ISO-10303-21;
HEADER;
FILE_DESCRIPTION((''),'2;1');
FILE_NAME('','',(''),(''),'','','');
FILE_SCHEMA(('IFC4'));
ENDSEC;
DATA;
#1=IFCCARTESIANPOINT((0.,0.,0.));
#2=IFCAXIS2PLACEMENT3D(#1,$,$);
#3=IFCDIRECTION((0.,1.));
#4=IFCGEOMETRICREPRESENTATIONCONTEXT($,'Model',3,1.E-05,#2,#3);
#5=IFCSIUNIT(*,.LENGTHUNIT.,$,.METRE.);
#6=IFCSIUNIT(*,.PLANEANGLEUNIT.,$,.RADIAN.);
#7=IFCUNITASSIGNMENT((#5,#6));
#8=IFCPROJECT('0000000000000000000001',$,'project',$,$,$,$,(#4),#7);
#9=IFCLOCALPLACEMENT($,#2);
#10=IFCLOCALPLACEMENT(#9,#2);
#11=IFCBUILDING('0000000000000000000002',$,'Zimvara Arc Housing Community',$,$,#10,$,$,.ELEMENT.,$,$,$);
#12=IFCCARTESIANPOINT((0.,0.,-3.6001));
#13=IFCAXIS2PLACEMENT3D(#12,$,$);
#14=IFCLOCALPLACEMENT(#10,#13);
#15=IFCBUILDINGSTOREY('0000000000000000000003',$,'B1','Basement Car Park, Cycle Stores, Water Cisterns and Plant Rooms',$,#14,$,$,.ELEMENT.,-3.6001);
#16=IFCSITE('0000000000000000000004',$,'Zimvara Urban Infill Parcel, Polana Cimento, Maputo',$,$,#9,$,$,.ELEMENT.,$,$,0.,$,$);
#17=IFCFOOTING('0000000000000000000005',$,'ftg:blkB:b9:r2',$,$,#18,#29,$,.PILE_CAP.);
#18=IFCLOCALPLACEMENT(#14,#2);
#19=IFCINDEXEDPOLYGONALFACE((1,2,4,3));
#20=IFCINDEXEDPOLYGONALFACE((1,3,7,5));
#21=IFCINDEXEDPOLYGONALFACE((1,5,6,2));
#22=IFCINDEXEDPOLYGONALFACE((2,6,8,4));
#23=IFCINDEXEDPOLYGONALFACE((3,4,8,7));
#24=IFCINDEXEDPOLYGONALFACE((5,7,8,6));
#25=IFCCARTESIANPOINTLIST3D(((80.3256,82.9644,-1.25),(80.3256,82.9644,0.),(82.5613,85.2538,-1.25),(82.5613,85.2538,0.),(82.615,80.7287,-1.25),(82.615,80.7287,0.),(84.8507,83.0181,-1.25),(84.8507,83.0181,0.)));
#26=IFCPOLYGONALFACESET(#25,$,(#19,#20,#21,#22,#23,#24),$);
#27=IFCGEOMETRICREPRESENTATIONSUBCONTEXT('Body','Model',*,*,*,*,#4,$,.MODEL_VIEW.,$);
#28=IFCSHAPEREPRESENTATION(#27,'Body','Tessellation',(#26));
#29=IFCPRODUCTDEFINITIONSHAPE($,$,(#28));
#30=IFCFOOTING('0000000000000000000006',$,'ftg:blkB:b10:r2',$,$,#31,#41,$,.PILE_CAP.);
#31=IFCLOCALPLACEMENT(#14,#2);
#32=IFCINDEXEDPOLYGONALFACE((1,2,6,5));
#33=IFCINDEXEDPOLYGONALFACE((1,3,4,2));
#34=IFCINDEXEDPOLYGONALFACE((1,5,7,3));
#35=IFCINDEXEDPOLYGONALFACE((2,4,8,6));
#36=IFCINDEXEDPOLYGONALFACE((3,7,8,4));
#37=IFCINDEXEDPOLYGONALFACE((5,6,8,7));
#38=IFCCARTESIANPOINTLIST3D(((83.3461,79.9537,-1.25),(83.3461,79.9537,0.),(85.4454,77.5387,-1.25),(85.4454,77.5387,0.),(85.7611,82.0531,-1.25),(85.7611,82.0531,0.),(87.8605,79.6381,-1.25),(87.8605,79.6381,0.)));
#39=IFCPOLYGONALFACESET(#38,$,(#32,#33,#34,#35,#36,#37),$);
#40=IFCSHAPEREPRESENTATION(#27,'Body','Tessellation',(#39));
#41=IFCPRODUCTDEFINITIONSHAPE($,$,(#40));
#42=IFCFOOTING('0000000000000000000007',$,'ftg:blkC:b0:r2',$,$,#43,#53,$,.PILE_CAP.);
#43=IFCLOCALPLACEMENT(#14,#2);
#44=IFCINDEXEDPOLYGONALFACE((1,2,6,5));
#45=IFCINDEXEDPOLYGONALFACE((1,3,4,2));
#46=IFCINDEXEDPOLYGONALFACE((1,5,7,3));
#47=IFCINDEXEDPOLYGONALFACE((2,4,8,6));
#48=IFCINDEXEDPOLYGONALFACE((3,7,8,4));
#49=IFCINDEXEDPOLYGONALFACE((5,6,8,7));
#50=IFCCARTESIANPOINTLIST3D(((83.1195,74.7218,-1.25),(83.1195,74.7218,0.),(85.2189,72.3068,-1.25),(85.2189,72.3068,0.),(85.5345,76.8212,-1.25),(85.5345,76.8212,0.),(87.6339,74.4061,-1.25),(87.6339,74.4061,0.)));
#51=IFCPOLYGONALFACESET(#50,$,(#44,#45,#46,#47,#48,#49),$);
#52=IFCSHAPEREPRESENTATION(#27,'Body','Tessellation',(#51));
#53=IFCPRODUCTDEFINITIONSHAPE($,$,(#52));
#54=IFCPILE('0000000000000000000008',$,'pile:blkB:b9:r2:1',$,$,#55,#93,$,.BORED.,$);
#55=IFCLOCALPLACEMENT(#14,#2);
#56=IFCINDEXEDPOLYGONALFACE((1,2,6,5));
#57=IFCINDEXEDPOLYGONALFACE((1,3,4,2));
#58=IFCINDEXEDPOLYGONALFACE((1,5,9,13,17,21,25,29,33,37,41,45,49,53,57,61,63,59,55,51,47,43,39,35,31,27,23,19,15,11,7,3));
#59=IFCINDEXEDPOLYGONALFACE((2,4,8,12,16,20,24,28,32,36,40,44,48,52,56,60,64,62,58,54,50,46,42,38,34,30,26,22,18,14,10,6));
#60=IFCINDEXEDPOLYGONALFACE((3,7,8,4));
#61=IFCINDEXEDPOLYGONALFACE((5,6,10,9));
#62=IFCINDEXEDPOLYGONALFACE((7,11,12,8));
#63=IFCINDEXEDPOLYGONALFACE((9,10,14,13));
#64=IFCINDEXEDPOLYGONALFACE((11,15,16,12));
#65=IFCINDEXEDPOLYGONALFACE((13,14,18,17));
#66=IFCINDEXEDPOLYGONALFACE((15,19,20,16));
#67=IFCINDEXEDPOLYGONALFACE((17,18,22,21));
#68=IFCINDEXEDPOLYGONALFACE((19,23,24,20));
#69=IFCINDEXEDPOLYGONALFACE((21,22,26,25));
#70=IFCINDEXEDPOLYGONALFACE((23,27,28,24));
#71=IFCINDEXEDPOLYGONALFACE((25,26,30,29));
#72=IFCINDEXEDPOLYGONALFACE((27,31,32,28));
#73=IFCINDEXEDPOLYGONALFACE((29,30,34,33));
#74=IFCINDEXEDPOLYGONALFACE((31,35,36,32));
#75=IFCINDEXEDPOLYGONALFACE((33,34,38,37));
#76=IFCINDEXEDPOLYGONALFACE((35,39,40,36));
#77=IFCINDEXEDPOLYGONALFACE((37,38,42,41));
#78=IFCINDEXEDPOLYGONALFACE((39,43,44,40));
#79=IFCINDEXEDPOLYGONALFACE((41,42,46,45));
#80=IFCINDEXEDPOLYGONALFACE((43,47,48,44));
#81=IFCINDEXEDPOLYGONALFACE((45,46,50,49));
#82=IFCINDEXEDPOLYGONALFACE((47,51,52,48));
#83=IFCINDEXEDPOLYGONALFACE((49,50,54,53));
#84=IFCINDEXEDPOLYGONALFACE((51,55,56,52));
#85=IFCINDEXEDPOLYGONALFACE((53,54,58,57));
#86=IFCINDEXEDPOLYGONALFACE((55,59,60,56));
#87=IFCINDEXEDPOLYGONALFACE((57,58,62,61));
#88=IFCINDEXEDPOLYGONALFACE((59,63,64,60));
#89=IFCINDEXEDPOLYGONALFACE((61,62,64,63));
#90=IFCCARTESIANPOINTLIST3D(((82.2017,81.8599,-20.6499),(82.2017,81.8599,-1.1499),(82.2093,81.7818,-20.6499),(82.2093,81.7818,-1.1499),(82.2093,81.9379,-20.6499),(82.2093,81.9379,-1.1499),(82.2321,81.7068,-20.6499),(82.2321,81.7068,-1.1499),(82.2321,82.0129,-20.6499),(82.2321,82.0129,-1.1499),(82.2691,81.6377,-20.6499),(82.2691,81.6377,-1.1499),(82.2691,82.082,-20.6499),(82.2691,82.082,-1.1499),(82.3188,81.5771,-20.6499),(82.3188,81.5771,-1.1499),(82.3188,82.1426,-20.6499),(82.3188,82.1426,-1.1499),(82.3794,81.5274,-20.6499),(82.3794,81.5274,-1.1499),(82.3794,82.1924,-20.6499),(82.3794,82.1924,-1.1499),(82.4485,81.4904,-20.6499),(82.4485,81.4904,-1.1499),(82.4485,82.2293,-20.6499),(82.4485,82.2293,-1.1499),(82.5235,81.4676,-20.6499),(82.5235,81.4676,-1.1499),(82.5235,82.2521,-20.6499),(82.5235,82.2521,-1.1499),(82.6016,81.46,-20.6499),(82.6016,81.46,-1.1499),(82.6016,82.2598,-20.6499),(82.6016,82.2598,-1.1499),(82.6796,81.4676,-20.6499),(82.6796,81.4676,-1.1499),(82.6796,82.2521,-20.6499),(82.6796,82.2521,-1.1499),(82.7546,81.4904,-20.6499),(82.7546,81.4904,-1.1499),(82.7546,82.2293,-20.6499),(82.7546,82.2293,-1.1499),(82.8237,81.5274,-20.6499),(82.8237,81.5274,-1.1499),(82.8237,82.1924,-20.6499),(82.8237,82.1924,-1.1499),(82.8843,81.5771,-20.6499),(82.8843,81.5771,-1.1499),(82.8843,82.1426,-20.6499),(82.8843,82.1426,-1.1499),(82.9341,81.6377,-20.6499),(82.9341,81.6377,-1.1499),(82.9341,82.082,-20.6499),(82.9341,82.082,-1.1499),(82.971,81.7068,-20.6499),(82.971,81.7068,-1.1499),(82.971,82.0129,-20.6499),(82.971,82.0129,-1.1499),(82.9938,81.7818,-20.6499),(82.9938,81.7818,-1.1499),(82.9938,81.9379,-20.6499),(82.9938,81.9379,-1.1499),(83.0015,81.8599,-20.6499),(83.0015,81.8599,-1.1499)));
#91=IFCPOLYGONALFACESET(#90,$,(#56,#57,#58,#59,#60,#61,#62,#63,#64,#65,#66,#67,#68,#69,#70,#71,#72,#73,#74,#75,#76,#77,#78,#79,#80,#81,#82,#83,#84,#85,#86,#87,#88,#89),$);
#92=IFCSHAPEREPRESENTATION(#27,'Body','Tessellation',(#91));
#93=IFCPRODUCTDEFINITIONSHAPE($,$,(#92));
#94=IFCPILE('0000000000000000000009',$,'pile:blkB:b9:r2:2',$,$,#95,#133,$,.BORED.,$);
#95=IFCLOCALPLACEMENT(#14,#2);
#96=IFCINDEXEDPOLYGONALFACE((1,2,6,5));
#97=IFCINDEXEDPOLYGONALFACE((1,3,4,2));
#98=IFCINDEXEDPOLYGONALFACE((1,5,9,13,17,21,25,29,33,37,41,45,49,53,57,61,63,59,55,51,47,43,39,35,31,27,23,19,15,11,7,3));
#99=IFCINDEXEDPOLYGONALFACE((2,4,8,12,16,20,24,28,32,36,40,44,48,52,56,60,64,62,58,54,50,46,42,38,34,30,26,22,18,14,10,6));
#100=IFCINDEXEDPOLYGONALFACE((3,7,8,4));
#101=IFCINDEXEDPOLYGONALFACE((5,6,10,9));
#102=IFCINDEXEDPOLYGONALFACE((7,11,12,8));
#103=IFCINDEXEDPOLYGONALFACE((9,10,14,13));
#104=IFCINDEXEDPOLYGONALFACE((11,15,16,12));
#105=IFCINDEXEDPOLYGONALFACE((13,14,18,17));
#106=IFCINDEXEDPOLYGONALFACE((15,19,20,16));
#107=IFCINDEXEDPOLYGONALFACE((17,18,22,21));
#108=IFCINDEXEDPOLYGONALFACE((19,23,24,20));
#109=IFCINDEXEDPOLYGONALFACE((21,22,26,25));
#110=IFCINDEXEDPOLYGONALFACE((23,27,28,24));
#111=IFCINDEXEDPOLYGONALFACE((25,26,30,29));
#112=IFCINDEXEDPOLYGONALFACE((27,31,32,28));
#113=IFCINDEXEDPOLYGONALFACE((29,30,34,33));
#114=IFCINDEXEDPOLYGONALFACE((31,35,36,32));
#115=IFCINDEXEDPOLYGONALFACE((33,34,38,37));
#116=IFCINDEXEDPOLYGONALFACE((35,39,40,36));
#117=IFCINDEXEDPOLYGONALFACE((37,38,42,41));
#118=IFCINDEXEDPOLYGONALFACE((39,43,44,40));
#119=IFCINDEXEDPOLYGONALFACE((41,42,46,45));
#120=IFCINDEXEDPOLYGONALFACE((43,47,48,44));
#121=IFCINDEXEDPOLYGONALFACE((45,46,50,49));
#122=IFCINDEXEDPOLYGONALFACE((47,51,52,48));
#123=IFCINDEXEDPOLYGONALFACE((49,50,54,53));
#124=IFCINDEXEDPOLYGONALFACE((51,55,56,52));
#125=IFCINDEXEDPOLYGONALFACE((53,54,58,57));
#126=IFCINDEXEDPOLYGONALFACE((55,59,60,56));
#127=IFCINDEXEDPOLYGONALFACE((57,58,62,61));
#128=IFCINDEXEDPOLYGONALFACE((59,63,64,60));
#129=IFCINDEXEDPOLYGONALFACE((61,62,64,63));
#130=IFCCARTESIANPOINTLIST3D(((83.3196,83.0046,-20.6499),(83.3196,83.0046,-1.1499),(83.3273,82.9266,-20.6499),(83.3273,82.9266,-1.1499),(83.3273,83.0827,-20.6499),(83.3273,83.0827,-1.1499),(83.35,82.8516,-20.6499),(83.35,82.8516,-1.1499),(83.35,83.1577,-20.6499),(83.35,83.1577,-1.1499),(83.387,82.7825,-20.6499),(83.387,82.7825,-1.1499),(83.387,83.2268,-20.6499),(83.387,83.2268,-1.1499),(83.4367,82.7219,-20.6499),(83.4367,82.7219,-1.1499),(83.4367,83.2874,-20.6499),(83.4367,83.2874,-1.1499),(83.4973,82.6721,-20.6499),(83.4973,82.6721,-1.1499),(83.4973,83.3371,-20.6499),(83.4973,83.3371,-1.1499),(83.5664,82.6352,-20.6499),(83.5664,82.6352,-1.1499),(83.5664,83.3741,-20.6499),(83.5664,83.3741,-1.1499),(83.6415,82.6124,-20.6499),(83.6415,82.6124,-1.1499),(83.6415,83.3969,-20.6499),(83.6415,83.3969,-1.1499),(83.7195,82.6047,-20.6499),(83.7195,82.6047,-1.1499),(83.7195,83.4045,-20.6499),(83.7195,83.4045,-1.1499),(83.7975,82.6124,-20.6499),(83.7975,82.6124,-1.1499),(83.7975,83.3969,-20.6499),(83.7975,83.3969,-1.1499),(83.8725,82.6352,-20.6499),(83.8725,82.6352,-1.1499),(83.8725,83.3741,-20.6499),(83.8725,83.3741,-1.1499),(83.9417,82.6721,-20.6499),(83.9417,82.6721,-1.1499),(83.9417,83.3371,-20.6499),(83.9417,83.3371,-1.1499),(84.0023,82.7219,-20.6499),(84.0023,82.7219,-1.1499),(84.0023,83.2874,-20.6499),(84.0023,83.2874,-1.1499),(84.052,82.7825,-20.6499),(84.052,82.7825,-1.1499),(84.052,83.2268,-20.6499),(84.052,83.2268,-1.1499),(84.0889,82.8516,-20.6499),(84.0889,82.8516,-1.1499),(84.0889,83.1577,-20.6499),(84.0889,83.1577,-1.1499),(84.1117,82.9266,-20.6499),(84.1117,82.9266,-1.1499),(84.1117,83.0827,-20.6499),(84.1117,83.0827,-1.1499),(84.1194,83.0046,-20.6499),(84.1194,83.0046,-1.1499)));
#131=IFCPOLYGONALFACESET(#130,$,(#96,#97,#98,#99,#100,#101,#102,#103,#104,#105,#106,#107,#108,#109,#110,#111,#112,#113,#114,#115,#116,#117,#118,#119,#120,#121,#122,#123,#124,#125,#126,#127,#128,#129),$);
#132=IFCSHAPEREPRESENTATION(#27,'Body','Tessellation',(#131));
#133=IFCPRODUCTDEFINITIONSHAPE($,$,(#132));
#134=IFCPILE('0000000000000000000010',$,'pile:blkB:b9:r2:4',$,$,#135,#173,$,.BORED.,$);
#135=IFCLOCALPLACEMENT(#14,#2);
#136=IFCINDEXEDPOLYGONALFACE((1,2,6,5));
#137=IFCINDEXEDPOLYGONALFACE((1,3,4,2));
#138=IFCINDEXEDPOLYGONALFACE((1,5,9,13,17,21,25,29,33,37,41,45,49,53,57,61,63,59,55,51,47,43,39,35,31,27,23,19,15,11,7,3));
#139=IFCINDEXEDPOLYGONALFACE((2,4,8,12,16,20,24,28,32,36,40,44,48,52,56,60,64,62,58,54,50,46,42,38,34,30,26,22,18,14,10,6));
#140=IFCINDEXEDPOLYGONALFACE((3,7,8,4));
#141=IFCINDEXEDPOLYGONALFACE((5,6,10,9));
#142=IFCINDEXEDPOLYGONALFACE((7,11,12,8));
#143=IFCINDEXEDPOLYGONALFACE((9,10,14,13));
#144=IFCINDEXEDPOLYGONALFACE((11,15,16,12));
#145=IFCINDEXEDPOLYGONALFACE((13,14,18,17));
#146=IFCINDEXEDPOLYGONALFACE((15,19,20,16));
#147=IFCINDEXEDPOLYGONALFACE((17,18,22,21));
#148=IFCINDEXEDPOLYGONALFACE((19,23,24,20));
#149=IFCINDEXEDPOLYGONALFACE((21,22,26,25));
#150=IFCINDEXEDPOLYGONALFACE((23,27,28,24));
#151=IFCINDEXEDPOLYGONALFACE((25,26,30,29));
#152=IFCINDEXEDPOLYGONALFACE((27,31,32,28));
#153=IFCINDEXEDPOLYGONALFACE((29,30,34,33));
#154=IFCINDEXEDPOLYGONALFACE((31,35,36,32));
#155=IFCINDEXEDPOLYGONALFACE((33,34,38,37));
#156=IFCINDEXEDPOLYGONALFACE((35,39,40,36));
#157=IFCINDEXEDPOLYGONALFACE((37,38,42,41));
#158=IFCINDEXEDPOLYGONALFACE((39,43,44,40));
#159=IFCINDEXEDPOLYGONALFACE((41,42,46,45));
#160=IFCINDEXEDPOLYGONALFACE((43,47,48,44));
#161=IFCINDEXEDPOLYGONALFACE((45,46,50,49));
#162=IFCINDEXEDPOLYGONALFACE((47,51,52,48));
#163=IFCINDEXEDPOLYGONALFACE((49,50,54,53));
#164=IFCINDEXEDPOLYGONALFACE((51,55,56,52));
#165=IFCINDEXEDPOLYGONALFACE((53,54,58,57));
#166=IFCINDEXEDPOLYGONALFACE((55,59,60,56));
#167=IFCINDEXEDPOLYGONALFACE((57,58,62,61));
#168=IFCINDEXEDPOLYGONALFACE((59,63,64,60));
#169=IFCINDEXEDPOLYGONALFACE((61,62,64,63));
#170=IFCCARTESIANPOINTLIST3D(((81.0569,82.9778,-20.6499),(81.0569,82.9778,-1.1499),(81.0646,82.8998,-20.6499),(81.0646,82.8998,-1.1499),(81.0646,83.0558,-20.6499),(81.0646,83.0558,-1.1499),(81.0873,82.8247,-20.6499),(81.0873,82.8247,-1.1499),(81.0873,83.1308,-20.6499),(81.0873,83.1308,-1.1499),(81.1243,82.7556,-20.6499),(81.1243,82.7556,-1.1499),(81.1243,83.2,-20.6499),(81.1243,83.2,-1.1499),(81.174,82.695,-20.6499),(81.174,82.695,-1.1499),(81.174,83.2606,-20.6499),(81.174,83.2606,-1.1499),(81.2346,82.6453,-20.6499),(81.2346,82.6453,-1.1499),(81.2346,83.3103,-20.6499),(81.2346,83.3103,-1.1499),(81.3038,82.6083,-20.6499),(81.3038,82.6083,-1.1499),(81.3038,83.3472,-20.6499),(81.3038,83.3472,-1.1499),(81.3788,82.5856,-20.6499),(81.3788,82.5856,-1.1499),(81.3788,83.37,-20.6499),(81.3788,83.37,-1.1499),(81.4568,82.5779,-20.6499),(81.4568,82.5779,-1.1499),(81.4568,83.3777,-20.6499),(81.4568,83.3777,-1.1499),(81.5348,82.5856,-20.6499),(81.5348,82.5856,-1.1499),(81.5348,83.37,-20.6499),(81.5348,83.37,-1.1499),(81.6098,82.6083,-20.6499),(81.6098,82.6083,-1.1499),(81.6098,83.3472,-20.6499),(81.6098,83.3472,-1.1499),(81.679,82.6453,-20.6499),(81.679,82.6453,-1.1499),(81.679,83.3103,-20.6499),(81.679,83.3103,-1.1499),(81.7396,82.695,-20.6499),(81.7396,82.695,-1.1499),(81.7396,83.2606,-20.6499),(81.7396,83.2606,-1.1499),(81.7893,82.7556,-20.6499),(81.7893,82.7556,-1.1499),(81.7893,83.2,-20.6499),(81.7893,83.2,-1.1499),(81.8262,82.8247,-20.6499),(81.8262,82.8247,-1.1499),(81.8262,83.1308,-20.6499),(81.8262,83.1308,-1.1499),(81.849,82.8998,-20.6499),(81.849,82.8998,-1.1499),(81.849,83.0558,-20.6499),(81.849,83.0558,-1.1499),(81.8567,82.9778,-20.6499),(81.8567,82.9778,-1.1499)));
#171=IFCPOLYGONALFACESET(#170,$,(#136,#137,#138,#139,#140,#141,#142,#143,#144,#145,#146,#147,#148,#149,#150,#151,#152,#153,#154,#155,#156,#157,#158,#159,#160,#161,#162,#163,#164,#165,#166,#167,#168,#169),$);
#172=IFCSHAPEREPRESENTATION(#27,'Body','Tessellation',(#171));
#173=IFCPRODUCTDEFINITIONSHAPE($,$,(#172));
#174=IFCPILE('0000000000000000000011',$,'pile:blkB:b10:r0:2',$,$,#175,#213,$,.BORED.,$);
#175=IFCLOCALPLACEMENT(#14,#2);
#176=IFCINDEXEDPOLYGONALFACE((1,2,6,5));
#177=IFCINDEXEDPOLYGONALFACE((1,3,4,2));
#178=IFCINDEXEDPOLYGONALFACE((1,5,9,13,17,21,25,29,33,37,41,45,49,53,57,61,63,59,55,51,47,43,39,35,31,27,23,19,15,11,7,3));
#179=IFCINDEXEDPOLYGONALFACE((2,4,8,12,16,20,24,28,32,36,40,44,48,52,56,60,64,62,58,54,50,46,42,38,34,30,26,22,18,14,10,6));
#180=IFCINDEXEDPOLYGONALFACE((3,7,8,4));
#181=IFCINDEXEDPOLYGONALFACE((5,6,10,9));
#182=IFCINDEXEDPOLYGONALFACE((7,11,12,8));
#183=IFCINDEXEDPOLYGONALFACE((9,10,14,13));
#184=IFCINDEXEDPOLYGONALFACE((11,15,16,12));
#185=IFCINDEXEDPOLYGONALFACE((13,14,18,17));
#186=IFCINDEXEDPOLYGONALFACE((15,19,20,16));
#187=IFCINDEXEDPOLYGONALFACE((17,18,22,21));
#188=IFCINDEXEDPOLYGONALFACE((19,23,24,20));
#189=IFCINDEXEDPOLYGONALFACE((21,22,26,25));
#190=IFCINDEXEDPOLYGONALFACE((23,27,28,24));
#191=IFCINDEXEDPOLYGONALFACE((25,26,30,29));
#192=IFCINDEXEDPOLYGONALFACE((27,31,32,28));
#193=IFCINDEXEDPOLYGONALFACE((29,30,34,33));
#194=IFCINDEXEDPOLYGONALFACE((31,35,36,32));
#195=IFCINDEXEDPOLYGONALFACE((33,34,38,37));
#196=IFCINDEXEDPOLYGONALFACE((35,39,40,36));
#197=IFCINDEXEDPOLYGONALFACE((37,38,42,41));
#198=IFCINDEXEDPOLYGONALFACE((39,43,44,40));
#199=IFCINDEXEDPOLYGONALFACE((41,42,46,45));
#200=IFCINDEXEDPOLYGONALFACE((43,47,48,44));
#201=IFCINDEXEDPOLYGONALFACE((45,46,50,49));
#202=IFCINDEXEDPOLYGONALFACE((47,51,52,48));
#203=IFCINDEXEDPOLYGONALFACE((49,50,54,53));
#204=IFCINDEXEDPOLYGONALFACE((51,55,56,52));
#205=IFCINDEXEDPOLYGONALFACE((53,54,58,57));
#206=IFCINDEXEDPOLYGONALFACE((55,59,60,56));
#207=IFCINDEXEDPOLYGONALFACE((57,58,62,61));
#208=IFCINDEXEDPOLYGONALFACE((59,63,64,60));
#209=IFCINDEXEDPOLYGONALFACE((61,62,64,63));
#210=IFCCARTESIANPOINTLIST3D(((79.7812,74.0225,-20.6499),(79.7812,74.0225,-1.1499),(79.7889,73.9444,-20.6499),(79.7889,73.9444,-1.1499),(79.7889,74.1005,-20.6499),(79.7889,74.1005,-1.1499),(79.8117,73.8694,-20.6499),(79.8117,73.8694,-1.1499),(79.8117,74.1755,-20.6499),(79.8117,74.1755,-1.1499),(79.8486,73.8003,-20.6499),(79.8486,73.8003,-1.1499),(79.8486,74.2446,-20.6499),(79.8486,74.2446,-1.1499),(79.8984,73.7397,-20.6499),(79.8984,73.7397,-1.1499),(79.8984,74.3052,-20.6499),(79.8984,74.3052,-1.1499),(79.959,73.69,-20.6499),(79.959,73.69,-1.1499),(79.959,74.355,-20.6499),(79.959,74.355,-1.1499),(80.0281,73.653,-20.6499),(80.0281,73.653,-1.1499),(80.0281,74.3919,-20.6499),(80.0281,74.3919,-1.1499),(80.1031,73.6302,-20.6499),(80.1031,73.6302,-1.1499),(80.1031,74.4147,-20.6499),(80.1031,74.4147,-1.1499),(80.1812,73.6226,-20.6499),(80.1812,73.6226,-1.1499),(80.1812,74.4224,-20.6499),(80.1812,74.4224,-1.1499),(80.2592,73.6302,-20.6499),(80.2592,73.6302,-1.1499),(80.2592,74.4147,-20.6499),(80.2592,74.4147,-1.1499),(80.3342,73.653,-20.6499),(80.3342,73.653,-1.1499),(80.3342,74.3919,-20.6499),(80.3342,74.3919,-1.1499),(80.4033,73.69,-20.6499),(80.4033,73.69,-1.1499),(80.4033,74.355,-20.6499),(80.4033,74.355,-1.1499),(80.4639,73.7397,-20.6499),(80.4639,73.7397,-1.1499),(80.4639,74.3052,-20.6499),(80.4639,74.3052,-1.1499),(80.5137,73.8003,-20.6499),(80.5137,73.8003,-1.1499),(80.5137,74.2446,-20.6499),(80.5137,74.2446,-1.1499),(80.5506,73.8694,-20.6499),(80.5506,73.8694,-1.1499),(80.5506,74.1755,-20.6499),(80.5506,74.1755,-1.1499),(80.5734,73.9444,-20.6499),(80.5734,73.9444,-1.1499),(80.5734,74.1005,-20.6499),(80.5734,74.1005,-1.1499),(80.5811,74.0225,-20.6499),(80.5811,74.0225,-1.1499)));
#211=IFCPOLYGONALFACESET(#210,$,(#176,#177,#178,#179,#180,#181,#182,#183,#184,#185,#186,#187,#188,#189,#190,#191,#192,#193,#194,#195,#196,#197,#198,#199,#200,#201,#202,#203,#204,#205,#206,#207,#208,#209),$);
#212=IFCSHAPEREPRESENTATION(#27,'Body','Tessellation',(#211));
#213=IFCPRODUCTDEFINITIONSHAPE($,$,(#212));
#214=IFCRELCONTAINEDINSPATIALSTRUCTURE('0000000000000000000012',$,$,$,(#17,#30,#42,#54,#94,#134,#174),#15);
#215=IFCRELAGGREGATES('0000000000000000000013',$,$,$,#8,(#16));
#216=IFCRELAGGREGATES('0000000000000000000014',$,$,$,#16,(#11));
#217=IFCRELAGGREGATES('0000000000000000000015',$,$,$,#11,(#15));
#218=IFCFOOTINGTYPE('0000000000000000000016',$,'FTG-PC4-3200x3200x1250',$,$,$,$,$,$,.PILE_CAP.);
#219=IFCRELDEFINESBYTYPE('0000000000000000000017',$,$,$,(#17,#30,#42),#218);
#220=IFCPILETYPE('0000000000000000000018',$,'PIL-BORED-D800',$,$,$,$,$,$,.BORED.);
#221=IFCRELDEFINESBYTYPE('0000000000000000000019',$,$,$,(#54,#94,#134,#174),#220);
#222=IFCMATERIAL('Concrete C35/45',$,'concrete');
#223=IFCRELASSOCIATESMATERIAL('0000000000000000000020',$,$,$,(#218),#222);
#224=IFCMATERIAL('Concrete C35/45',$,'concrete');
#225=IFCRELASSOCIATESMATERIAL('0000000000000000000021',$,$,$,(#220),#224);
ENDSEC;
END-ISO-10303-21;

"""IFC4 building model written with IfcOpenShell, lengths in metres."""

from ifc_helpers import new_model, si_unit, direction, frame, origin, origin_2d, place, context, subcontext, project, spatial, rectangle, circle, extrude, material, material_profile, profile_set, type_object, element, save


model = new_model("IFC4")

# Units and contexts
model_context = context("Model", 3, precision=1e-05, world=origin(), true_north=direction((0.0, 1.0)))
body_context = subcontext(model_context, "Body", "Model", "MODEL_VIEW")
ifc_project = project(units=[si_unit("LENGTHUNIT", "METRE"), si_unit("PLANEANGLEUNIT", "RADIAN")], contexts=[model_context])

# Site, building, storey
site_placement = place(None, origin())
site = spatial("IfcSite", under=ifc_project, at=site_placement, Name="Zimvara Urban Infill Parcel, Polana Cimento, Maputo", CompositionType="ELEMENT", RefElevation=0.0)
building_placement = place(site_placement, origin())
building = spatial("IfcBuilding", under=site, at=building_placement, Name="Zimvara Arc Housing Community", CompositionType="ELEMENT")
storey_placement = place(building_placement, frame((0.0, 0.0, -3.6001)))
storey = spatial("IfcBuildingStorey", under=building, at=storey_placement, Name="B1", Description="Basement Car Park, Cycle Stores, Water Cisterns and Plant Rooms", CompositionType="ELEMENT", Elevation=-3.6001)

# Footings
ifc_material_1 = material(Name="Concrete C35/45", Category="concrete")
footing_type = type_object("IfcFootingType", Name="FTG-PC4-3200x3200x1250", PredefinedType="PILE_CAP", material=ifc_material_1)
for number, where, z_axis, x_axis, name in (
    (1, (82.5881, 82.9912, -1.25), (0.0, 0.0, 1.0), (0.698665, 0.715449, 0.0), "ftg:blkB:b9:r2"),
    (2, (85.6033, 79.7959, -1.25), (0.0, 0.0, 1.0), (0.75471, 0.656059, 0.0), "ftg:blkB:b10:r2"),
    (3, (85.3767, 74.564, -1.25), (0.0, 0.0, 1.0), (-0.75471, -0.656059, 0.0), "ftg:blkC:b0:r2"),
):
    element("IfcFooting", number, at=place(storey_placement, frame(where, z_axis=z_axis, x_axis=x_axis)), inside=storey, type_object=footing_type, Name=name, PredefinedType="PILE_CAP", context=body_context, shape_type="SweptSolid", body=[
        extrude(rectangle(XDim=3.2, YDim=3.2, at=origin_2d()), origin(), (0.0, 0.0, 1.0), 1.25),
    ])

# Piles
ifc_material_2 = material(Name="Concrete C35/45", Category="concrete")
ifc_material_profile_1 = material_profile(ifc_material_2, circle(Radius=0.3999, at=origin_2d()), Name="PILE D800")
ifc_profile_set_1 = profile_set([ifc_material_profile_1], Name="Concrete C35/45")
pile_type = type_object("IfcPileType", Name="PIL-BORED-D800", PredefinedType="BORED", material=ifc_profile_set_1)
for number, where, z_axis, x_axis, name in (
    (4, (82.6016, 81.8599, -1.1499), (0.0, 0.0, -1.0), (1.0, 0.0, 0.0), "pile:blkB:b9:r2:1"),
    (5, (83.7195, 83.0046, -1.1499), (0.0, 0.0, -1.0), (1.0, 0.0, 0.0), "pile:blkB:b9:r2:2"),
    (6, (81.4568, 82.9778, -1.1499), (0.0, 0.0, -1.0), (1.0, 0.0, 0.0), "pile:blkB:b9:r2:4"),
    (7, (80.1812, 74.0225, -1.1499), (0.0, 0.0, -1.0), (1.0, 0.0, 0.0), "pile:blkB:b10:r0:2"),
):
    element("IfcPile", number, at=place(storey_placement, frame(where, z_axis=z_axis, x_axis=x_axis)), inside=storey, type_object=pile_type, Name=name, PredefinedType="BORED", context=body_context, shape_type="SweptSolid", body=[
        extrude(circle(Radius=0.3999, at=origin_2d()), origin(), (0.0, 0.0, 1.0), 19.5),
    ])

save(model, "model.ifc")
